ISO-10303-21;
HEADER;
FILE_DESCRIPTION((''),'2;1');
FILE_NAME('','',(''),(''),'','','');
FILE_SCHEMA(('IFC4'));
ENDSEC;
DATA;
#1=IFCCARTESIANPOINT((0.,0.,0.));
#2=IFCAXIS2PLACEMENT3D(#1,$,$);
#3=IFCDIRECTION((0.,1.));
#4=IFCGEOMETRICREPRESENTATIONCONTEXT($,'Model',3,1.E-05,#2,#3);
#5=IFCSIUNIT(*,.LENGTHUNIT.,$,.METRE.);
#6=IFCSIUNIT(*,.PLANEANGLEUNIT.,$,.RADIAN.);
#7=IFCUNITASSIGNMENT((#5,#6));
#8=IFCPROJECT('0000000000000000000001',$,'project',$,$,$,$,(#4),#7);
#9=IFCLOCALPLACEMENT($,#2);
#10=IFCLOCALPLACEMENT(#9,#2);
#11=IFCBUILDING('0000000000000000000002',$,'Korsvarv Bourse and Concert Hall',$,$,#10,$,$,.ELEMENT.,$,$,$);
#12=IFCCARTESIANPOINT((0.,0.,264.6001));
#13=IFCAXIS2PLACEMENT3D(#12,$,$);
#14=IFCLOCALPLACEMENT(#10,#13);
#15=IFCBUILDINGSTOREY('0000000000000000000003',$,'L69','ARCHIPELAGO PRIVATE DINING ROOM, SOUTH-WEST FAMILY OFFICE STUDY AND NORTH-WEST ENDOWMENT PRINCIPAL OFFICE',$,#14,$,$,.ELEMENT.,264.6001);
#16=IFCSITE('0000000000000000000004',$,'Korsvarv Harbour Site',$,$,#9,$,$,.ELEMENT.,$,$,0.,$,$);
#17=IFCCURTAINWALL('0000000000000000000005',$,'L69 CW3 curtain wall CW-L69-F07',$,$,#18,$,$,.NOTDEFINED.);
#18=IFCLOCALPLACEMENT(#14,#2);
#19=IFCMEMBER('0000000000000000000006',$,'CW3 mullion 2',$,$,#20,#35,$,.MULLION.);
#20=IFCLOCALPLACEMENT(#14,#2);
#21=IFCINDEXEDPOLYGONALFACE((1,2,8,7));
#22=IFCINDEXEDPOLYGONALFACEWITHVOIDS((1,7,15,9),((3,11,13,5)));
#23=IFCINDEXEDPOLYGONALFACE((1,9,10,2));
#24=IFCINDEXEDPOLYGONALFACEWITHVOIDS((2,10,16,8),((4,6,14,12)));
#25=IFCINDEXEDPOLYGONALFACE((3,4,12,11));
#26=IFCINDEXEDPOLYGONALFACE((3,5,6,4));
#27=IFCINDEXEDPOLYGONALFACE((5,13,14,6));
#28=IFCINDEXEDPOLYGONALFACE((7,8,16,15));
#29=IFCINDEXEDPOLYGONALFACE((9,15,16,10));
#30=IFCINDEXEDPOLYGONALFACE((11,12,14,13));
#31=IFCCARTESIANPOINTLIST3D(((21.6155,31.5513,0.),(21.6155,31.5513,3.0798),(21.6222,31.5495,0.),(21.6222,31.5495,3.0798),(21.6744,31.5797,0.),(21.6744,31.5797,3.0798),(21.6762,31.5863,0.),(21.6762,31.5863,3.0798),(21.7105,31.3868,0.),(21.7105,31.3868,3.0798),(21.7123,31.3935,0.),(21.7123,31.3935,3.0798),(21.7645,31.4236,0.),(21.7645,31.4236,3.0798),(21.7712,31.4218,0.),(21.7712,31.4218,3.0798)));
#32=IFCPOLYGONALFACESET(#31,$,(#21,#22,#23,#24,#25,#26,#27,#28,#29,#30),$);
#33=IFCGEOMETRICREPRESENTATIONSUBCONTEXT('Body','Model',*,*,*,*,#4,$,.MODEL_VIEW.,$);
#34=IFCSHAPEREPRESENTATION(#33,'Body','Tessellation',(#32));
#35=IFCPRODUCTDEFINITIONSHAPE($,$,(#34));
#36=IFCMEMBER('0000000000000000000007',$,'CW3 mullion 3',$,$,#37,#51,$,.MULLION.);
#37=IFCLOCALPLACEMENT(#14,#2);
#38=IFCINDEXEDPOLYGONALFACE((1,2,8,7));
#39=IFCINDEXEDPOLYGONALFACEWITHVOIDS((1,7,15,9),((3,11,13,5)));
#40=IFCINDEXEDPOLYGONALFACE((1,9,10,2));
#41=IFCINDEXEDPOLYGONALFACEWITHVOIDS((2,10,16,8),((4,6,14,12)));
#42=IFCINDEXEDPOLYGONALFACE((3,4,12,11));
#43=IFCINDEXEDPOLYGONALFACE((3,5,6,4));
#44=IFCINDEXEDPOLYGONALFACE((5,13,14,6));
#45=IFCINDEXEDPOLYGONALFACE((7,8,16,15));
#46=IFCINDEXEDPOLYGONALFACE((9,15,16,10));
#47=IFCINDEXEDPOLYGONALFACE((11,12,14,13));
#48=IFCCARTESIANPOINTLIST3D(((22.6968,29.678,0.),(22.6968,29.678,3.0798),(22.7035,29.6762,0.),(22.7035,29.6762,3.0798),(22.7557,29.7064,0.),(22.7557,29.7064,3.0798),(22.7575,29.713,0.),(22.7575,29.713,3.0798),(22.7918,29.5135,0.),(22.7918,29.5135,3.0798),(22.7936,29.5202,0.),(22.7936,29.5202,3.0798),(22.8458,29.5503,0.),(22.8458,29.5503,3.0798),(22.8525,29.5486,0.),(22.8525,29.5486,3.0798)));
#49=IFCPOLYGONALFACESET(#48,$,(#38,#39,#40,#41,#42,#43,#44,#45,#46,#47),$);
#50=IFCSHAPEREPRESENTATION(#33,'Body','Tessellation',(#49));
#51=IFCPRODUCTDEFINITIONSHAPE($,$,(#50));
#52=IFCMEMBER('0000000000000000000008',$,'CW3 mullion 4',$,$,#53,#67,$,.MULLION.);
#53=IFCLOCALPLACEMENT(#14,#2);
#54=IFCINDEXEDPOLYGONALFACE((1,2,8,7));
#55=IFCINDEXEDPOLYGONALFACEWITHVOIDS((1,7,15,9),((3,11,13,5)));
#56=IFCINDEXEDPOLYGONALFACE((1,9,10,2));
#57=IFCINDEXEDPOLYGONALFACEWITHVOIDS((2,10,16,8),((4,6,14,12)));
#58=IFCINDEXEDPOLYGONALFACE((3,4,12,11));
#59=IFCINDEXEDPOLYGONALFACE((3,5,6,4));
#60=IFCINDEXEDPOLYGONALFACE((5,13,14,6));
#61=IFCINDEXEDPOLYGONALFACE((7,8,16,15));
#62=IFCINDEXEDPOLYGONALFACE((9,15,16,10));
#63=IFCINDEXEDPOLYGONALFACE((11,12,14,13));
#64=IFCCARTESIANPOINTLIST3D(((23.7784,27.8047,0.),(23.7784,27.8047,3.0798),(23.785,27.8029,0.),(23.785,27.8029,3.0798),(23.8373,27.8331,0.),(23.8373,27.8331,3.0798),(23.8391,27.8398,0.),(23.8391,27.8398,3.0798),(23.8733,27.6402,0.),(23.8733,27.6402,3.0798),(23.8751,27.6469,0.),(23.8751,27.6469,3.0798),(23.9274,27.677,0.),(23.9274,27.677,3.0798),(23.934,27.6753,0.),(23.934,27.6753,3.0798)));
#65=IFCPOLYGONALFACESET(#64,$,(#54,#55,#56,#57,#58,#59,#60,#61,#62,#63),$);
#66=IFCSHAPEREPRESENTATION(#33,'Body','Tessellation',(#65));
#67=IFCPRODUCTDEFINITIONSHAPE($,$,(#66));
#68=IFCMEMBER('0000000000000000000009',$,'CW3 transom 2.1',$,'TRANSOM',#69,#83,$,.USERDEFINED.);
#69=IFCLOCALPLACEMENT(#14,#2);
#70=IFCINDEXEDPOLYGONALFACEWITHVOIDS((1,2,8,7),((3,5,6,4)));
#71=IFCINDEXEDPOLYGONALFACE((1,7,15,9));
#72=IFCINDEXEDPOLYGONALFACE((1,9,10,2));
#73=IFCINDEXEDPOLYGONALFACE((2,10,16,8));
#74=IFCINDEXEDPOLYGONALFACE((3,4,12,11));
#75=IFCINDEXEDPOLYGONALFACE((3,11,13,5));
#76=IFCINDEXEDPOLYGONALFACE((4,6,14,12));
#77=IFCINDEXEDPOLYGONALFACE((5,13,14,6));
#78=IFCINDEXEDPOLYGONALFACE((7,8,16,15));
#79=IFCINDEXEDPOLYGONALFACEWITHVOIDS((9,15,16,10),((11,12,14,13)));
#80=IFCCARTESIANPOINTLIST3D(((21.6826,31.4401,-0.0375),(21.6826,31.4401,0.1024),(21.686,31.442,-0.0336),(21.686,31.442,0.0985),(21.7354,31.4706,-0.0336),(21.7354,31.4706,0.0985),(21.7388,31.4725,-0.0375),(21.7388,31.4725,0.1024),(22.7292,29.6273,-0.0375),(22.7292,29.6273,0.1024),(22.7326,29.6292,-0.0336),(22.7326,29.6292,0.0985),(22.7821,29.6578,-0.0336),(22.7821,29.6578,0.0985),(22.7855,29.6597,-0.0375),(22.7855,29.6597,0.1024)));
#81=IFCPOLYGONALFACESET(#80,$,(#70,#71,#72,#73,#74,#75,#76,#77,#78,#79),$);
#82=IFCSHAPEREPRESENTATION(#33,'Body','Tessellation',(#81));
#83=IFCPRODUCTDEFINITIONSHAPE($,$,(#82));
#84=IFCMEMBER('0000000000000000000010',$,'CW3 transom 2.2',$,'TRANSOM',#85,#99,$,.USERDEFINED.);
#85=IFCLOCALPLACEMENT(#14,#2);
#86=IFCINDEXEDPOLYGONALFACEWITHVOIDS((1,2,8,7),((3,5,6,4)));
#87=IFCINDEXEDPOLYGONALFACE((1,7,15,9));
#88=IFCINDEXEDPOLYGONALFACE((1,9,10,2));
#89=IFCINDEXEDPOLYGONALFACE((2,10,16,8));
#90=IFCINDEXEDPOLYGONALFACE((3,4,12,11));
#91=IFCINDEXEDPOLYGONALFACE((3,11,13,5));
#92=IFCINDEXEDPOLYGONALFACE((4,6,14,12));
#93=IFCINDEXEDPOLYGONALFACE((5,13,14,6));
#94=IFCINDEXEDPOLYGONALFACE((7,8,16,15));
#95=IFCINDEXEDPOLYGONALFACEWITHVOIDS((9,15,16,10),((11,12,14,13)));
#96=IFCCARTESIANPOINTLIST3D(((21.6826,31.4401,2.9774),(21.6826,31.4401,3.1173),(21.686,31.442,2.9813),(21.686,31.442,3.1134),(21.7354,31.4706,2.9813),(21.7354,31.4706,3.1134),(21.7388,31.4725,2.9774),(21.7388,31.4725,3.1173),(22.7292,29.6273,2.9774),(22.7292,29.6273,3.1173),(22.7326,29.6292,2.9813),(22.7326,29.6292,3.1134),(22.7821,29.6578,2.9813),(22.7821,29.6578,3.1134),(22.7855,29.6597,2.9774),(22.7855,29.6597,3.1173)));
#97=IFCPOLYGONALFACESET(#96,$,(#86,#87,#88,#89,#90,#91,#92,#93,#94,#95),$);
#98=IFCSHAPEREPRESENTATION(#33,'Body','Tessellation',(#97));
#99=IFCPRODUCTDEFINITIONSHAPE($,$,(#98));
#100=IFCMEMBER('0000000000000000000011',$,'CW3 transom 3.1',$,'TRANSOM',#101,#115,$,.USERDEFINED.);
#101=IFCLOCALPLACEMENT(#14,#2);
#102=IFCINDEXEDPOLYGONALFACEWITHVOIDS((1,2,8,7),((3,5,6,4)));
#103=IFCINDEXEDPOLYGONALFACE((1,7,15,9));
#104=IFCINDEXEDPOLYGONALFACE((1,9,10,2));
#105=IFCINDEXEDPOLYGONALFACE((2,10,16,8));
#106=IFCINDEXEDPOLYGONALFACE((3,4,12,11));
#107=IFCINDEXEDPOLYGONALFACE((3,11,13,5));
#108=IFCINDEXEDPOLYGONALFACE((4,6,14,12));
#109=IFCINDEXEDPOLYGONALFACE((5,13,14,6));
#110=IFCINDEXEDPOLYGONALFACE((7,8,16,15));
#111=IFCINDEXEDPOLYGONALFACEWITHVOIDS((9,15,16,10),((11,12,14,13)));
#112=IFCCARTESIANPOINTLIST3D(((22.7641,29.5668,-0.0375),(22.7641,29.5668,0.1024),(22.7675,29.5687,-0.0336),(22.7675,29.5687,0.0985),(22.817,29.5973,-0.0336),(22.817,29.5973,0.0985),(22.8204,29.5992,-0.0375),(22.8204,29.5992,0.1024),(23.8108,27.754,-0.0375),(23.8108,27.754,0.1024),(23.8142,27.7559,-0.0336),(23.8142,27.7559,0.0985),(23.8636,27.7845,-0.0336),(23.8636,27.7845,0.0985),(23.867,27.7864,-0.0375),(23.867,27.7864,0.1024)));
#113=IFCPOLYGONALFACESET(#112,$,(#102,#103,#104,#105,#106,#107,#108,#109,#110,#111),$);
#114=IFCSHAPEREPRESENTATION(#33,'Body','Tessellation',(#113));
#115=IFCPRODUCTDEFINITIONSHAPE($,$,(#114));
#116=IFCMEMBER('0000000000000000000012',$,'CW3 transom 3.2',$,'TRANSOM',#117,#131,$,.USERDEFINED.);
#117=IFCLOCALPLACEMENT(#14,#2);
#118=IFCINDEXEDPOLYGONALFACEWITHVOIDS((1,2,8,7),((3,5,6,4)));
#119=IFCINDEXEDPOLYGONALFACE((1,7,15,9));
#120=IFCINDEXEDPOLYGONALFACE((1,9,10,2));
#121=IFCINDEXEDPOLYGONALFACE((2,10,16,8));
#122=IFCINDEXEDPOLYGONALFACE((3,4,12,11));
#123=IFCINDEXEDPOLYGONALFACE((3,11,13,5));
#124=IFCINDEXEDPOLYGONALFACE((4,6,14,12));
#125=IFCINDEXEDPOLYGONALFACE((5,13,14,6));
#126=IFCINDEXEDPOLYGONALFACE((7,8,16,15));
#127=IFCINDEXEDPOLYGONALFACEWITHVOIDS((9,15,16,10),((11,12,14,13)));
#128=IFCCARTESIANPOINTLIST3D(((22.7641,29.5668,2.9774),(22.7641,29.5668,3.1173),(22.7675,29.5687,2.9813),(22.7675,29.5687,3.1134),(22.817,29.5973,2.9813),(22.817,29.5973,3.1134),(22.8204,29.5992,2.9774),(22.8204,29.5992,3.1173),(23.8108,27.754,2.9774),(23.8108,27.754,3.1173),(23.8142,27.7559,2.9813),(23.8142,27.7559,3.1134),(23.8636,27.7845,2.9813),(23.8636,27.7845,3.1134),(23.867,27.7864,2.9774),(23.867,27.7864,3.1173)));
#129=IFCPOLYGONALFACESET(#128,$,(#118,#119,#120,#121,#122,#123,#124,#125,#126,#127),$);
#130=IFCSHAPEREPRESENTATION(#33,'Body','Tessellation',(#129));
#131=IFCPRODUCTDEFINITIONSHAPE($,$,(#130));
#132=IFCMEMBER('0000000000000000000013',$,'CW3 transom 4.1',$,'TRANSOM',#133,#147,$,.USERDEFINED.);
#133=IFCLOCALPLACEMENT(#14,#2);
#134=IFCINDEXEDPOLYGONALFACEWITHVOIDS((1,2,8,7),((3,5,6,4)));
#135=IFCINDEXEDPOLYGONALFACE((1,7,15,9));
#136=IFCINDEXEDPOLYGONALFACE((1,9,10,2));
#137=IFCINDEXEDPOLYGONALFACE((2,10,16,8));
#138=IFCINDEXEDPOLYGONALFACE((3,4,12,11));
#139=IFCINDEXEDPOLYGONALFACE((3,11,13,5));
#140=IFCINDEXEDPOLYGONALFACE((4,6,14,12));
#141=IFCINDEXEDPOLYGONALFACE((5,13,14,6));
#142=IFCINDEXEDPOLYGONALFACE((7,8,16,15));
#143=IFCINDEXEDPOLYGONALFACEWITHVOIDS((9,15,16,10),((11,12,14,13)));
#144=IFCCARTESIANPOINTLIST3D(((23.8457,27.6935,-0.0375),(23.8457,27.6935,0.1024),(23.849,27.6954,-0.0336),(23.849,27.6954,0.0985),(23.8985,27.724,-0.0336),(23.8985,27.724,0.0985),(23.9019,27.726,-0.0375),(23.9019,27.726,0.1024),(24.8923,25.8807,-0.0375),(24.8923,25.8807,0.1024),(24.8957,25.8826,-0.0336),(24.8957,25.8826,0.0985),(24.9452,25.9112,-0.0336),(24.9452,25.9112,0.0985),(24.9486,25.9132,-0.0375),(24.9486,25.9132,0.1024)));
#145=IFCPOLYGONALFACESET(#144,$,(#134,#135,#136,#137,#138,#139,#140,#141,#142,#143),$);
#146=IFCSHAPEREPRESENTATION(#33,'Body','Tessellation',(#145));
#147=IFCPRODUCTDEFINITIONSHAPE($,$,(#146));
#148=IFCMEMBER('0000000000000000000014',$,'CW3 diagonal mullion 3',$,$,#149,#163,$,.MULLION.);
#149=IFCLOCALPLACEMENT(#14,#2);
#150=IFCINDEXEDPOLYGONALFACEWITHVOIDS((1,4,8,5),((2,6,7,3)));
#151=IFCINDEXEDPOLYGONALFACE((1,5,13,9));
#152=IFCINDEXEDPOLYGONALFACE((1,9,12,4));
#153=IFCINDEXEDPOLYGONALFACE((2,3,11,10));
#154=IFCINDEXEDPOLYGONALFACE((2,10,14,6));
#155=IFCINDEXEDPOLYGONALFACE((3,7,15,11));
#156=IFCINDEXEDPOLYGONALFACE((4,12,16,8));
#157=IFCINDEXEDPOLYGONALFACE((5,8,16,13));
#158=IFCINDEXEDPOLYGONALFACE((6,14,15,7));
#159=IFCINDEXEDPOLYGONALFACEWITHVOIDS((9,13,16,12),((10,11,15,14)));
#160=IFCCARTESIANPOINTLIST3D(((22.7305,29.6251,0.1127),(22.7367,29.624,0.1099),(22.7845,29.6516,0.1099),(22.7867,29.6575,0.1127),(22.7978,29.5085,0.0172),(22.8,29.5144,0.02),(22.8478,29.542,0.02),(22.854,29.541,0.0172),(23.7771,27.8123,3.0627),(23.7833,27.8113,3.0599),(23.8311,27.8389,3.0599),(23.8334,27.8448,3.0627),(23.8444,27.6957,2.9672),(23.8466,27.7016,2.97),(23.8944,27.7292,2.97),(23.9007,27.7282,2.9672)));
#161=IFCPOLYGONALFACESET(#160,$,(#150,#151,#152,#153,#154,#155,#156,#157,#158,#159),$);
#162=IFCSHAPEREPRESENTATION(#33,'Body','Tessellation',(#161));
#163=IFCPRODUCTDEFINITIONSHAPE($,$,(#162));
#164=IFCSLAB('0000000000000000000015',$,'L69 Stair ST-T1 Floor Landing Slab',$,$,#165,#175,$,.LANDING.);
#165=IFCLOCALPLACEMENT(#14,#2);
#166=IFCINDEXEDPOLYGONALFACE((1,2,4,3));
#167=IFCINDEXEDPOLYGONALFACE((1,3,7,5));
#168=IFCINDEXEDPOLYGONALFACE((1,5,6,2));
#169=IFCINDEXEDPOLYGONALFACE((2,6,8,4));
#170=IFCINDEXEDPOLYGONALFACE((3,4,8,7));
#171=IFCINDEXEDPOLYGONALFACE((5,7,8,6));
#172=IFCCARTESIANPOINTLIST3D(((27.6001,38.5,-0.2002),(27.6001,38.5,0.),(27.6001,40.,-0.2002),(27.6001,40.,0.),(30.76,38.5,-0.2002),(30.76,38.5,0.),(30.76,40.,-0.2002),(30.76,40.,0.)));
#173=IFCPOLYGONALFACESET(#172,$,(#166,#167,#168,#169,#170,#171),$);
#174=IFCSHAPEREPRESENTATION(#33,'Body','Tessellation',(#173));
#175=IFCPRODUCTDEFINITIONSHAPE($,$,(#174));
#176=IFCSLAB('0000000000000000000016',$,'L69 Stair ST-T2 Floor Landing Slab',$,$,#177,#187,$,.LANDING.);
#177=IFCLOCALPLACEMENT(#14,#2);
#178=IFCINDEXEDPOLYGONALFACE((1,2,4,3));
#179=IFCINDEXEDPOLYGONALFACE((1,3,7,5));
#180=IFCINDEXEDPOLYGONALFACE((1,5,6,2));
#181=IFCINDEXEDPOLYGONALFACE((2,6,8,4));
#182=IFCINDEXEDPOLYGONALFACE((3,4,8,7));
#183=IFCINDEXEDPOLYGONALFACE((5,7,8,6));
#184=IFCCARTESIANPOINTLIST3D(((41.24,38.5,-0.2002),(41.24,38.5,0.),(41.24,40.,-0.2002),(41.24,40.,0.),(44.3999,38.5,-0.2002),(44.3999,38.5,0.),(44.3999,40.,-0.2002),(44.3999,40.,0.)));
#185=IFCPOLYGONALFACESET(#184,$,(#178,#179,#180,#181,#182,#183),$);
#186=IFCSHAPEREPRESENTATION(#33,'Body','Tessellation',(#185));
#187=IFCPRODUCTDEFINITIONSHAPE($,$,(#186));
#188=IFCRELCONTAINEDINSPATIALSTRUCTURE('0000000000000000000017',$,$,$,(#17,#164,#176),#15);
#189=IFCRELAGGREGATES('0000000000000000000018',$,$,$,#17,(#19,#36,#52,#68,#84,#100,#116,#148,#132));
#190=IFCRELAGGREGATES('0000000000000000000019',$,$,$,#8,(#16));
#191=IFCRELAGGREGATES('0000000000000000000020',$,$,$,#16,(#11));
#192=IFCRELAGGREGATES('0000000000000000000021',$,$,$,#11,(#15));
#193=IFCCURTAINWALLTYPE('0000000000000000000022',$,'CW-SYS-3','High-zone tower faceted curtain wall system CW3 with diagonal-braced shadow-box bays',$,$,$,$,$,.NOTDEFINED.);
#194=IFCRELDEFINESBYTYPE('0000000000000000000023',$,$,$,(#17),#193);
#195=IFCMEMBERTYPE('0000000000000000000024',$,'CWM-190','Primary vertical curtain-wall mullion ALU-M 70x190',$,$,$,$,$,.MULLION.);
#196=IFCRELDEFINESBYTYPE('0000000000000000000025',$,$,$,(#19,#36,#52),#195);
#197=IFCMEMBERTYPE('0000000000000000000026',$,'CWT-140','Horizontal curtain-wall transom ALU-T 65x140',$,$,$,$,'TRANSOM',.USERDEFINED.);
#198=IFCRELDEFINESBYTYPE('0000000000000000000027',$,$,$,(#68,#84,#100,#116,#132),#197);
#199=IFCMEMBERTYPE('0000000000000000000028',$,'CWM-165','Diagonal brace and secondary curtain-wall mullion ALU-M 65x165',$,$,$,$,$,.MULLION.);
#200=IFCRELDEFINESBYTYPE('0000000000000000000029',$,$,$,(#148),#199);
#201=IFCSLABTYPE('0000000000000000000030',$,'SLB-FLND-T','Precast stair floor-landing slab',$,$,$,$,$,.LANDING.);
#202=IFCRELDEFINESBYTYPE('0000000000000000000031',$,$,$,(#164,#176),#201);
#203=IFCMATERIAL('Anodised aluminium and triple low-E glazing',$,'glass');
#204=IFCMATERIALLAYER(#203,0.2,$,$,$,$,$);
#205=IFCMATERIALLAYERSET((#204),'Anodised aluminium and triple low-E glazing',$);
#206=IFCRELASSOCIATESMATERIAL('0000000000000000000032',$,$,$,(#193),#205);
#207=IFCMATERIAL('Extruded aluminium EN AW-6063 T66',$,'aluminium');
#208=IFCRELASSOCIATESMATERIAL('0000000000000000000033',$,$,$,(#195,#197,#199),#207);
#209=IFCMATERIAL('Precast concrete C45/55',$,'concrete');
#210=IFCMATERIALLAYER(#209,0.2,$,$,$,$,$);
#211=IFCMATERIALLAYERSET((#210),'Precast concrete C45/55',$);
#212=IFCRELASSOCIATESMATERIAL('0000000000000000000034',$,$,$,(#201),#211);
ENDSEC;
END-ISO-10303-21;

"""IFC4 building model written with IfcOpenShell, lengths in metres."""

from ifc_helpers import new_model, si_unit, direction, frame, origin, origin_2d, place, context, subcontext, project, spatial, polyline, hollow_rectangle, outline, extrude, source, transform, mapped, material, layer, layer_set, material_profile, profile_set, type_object, element, aggregate, save


model = new_model("IFC4")

# Units and contexts
model_context = context("Model", 3, precision=1e-05, world=origin(), true_north=direction((0.0, 1.0)))
body_context = subcontext(model_context, "Body", "Model", "MODEL_VIEW")
ifc_project = project(units=[si_unit("LENGTHUNIT", "METRE"), si_unit("PLANEANGLEUNIT", "RADIAN")], contexts=[model_context])

# Site, building, storey
site_placement = place(None, origin())
site = spatial("IfcSite", under=ifc_project, at=site_placement, Name="Korsvarv Harbour Site", CompositionType="ELEMENT", RefElevation=0.0)
building_placement = place(site_placement, origin())
building = spatial("IfcBuilding", under=site, at=building_placement, Name="Korsvarv Bourse and Concert Hall", CompositionType="ELEMENT")
storey_placement = place(building_placement, frame((0.0, 0.0, 264.6001)))
storey = spatial("IfcBuildingStorey", under=building, at=storey_placement, Name="L69", Description="ARCHIPELAGO PRIVATE DINING ROOM, SOUTH-WEST FAMILY OFFICE STUDY AND NORTH-WEST ENDOWMENT PRINCIPAL OFFICE", CompositionType="ELEMENT", Elevation=264.6001)

# Curtain wall, members
ifc_material_1 = material(Name="Anodised aluminium and triple low-E glazing", Category="glass")
ifc_layer_1 = layer(ifc_material_1, 0.2)
ifc_layer_set_1 = layer_set([ifc_layer_1], Name="Anodised aluminium and triple low-E glazing")
curtain_wall_type = type_object("IfcCurtainWallType", Name="CW-SYS-3", Description="High-zone tower faceted curtain wall system CW3 with diagonal-braced shadow-box bays", PredefinedType="NOTDEFINED", material=ifc_layer_set_1)
curtain_wall_placement = place(storey_placement, origin())
curtain_wall = element("IfcCurtainWall", 1, at=curtain_wall_placement, inside=storey, type_object=curtain_wall_type, Name="L69 CW3 curtain wall CW-L69-F07", PredefinedType="NOTDEFINED")
ifc_material_2 = material(Name="Extruded aluminium EN AW-6063 T66", Category="aluminium")
ifc_material_profile_1 = material_profile(ifc_material_2, hollow_rectangle(XDim=0.0701, YDim=0.1899, WallThickness=0.0049, at=origin_2d()), Name="ALU-M 70x190")
ifc_profile_set_1 = profile_set([ifc_material_profile_1], Name="Extruded aluminium EN AW-6063 T66")
member_type_1 = type_object("IfcMemberType", Name="CWM-190", Description="Primary vertical curtain-wall mullion ALU-M 70x190", PredefinedType="MULLION", material=ifc_profile_set_1)
shared_shape_1 = source(origin(), body_context, "Body", "SweptSolid", [
    extrude(hollow_rectangle(XDim=0.0701, YDim=0.1899, WallThickness=0.0049, at=origin_2d()), origin(), (0.0, 0.0, 1.0), 3.0798),
])
member_1_placement = place(storey_placement, frame((21.6934, 31.4866, 0.0), z_axis=(0.0, 0.0, 1.0), x_axis=(0.866023, 0.500004, 0.0)))
member_1 = element("IfcMember", 2, at=member_1_placement, type_object=member_type_1, Name="CW3 mullion 2", PredefinedType="MULLION", context=body_context, shape_type="MappedRepresentation", body=[
    mapped(shared_shape_1, transform((0.0, 0.0, 0.0), scale=1.0)),
])
member_2_placement = place(storey_placement, frame((22.7747, 29.6133, 0.0), z_axis=(0.0, 0.0, 1.0), x_axis=(0.866023, 0.500004, 0.0)))
member_2 = element("IfcMember", 3, at=member_2_placement, type_object=member_type_1, Name="CW3 mullion 3", PredefinedType="MULLION", context=body_context, shape_type="MappedRepresentation", body=[
    mapped(shared_shape_1, transform((0.0, 0.0, 0.0), scale=1.0)),
])
member_3_placement = place(storey_placement, frame((23.8562, 27.74, 0.0), z_axis=(0.0, 0.0, 1.0), x_axis=(0.866023, 0.500004, 0.0)))
member_3 = element("IfcMember", 4, at=member_3_placement, type_object=member_type_1, Name="CW3 mullion 4", PredefinedType="MULLION", context=body_context, shape_type="MappedRepresentation", body=[
    mapped(shared_shape_1, transform((0.0, 0.0, 0.0), scale=1.0)),
])
ifc_material_profile_2 = material_profile(ifc_material_2, hollow_rectangle(XDim=0.0649, YDim=0.1399, WallThickness=0.0039, at=origin_2d()), Name="ALU-T 65x140")
ifc_profile_set_2 = profile_set([ifc_material_profile_2], Name="Extruded aluminium EN AW-6063 T66")
member_type_2 = type_object("IfcMemberType", Name="CWT-140", Description="Horizontal curtain-wall transom ALU-T 65x140", ElementType="TRANSOM", PredefinedType="USERDEFINED", material=ifc_profile_set_2)
shared_shape_2 = source(origin(), body_context, "Body", "SweptSolid", [
    extrude(hollow_rectangle(XDim=0.0649, YDim=0.1399, WallThickness=0.0039, at=origin_2d()), origin(), (0.0, 0.0, 1.0), 2.0933),
])
member_4_placement = place(storey_placement, frame((21.7107, 31.4563, 0.0325), z_axis=(0.500015, -0.866017, 0.0), x_axis=(0.866017, 0.500015, 0.0)))
member_4 = element("IfcMember", 5, at=member_4_placement, type_object=member_type_2, Name="CW3 transom 2.1", ObjectType="TRANSOM", PredefinedType="USERDEFINED", context=body_context, shape_type="MappedRepresentation", body=[
    mapped(shared_shape_2, transform((0.0, 0.0, 0.0), scale=1.0)),
])
member_5_placement = place(storey_placement, frame((21.7107, 31.4563, 3.0474), z_axis=(0.500015, -0.866017, 0.0), x_axis=(0.866017, 0.500015, 0.0)))
member_5 = element("IfcMember", 6, at=member_5_placement, type_object=member_type_2, Name="CW3 transom 2.2", ObjectType="TRANSOM", PredefinedType="USERDEFINED", context=body_context, shape_type="MappedRepresentation", body=[
    mapped(shared_shape_2, transform((0.0, 0.0, 0.0), scale=1.0)),
])
member_6_placement = place(storey_placement, frame((22.7922, 29.583, 0.0325), z_axis=(0.500015, -0.866017, 0.0), x_axis=(0.866017, 0.500015, 0.0)))
member_6 = element("IfcMember", 7, at=member_6_placement, type_object=member_type_2, Name="CW3 transom 3.1", ObjectType="TRANSOM", PredefinedType="USERDEFINED", context=body_context, shape_type="MappedRepresentation", body=[
    mapped(shared_shape_2, transform((0.0, 0.0, 0.0), scale=1.0)),
])
member_7_placement = place(storey_placement, frame((22.7922, 29.583, 3.0474), z_axis=(0.500015, -0.866017, 0.0), x_axis=(0.866017, 0.500015, 0.0)))
member_7 = element("IfcMember", 8, at=member_7_placement, type_object=member_type_2, Name="CW3 transom 3.2", ObjectType="TRANSOM", PredefinedType="USERDEFINED", context=body_context, shape_type="MappedRepresentation", body=[
    mapped(shared_shape_2, transform((0.0, 0.0, 0.0), scale=1.0)),
])
member_8_placement = place(storey_placement, frame((23.8738, 27.7097, 0.0325), z_axis=(0.500015, -0.866017, 0.0), x_axis=(0.866017, 0.500015, 0.0)))
member_8 = element("IfcMember", 9, at=member_8_placement, type_object=member_type_2, Name="CW3 transom 4.1", ObjectType="TRANSOM", PredefinedType="USERDEFINED", context=body_context, shape_type="MappedRepresentation", body=[
    mapped(shared_shape_2, transform((0.0, 0.0, 0.0), scale=1.0)),
])
ifc_material_profile_3 = material_profile(ifc_material_2, hollow_rectangle(XDim=0.0649, YDim=0.165, WallThickness=0.0049, at=origin_2d()), Name="ALU-M 65x165")
ifc_profile_set_3 = profile_set([ifc_material_profile_3], Name="Extruded aluminium EN AW-6063 T66")
member_type_3 = type_object("IfcMemberType", Name="CWM-165", Description="Diagonal brace and secondary curtain-wall mullion ALU-M 65x165", PredefinedType="MULLION", material=ifc_profile_set_3)
shared_shape_3 = source(origin(), body_context, "Body", "SweptSolid", [
    extrude(hollow_rectangle(XDim=0.0649, YDim=0.165, WallThickness=0.0049, at=origin_2d()), origin(), (0.0, 0.0, 1.0), 3.6172),
])
member_9_placement = place(storey_placement, frame((22.7922, 29.583, 0.0649), z_axis=(0.289353, -0.501154, 0.815548), x_axis=(0.866017, 0.500015, 0.0)))
member_9 = element("IfcMember", 10, at=member_9_placement, type_object=member_type_3, Name="CW3 diagonal mullion 3", PredefinedType="MULLION", context=body_context, shape_type="MappedRepresentation", body=[
    mapped(shared_shape_3, transform((0.0, 0.0, 0.0), scale=1.0)),
])

# Slabs
ifc_material_3 = material(Name="Precast concrete C45/55", Category="concrete")
ifc_layer_2 = layer(ifc_material_3, 0.2)
ifc_layer_set_2 = layer_set([ifc_layer_2], Name="Precast concrete C45/55")
slab_type_1 = type_object("IfcSlabType", Name="SLB-FLND-T", Description="Precast stair floor-landing slab", PredefinedType="LANDING", material=ifc_layer_set_2)
slab_1_placement = place(storey_placement, frame((0.0, 0.0, -0.2002)))
element("IfcSlab", 11, at=slab_1_placement, inside=storey, type_object=slab_type_1, Name="L69 Stair ST-T1 Floor Landing Slab", PredefinedType="LANDING", context=body_context, shape_type="SweptSolid", body=[
    extrude(outline(polyline([(30.76, 38.5), (30.76, 40.0), (27.6001, 40.0), (27.6001, 38.5), (30.76, 38.5)])), origin(), (0.0, 0.0, 1.0), 0.2002),
])
slab_2_placement = place(storey_placement, frame((0.0, 0.0, -0.2002)))
element("IfcSlab", 12, at=slab_2_placement, inside=storey, type_object=slab_type_1, Name="L69 Stair ST-T2 Floor Landing Slab", PredefinedType="LANDING", context=body_context, shape_type="SweptSolid", body=[
    extrude(outline(polyline([(44.3999, 38.5), (44.3999, 40.0), (41.24, 40.0), (41.24, 38.5), (44.3999, 38.5)])), origin(), (0.0, 0.0, 1.0), 0.2002),
])

aggregate(curtain_wall, [member_1, member_2, member_3, member_4, member_5, member_6, member_7, member_9, member_8])

save(model, "model.ifc")
